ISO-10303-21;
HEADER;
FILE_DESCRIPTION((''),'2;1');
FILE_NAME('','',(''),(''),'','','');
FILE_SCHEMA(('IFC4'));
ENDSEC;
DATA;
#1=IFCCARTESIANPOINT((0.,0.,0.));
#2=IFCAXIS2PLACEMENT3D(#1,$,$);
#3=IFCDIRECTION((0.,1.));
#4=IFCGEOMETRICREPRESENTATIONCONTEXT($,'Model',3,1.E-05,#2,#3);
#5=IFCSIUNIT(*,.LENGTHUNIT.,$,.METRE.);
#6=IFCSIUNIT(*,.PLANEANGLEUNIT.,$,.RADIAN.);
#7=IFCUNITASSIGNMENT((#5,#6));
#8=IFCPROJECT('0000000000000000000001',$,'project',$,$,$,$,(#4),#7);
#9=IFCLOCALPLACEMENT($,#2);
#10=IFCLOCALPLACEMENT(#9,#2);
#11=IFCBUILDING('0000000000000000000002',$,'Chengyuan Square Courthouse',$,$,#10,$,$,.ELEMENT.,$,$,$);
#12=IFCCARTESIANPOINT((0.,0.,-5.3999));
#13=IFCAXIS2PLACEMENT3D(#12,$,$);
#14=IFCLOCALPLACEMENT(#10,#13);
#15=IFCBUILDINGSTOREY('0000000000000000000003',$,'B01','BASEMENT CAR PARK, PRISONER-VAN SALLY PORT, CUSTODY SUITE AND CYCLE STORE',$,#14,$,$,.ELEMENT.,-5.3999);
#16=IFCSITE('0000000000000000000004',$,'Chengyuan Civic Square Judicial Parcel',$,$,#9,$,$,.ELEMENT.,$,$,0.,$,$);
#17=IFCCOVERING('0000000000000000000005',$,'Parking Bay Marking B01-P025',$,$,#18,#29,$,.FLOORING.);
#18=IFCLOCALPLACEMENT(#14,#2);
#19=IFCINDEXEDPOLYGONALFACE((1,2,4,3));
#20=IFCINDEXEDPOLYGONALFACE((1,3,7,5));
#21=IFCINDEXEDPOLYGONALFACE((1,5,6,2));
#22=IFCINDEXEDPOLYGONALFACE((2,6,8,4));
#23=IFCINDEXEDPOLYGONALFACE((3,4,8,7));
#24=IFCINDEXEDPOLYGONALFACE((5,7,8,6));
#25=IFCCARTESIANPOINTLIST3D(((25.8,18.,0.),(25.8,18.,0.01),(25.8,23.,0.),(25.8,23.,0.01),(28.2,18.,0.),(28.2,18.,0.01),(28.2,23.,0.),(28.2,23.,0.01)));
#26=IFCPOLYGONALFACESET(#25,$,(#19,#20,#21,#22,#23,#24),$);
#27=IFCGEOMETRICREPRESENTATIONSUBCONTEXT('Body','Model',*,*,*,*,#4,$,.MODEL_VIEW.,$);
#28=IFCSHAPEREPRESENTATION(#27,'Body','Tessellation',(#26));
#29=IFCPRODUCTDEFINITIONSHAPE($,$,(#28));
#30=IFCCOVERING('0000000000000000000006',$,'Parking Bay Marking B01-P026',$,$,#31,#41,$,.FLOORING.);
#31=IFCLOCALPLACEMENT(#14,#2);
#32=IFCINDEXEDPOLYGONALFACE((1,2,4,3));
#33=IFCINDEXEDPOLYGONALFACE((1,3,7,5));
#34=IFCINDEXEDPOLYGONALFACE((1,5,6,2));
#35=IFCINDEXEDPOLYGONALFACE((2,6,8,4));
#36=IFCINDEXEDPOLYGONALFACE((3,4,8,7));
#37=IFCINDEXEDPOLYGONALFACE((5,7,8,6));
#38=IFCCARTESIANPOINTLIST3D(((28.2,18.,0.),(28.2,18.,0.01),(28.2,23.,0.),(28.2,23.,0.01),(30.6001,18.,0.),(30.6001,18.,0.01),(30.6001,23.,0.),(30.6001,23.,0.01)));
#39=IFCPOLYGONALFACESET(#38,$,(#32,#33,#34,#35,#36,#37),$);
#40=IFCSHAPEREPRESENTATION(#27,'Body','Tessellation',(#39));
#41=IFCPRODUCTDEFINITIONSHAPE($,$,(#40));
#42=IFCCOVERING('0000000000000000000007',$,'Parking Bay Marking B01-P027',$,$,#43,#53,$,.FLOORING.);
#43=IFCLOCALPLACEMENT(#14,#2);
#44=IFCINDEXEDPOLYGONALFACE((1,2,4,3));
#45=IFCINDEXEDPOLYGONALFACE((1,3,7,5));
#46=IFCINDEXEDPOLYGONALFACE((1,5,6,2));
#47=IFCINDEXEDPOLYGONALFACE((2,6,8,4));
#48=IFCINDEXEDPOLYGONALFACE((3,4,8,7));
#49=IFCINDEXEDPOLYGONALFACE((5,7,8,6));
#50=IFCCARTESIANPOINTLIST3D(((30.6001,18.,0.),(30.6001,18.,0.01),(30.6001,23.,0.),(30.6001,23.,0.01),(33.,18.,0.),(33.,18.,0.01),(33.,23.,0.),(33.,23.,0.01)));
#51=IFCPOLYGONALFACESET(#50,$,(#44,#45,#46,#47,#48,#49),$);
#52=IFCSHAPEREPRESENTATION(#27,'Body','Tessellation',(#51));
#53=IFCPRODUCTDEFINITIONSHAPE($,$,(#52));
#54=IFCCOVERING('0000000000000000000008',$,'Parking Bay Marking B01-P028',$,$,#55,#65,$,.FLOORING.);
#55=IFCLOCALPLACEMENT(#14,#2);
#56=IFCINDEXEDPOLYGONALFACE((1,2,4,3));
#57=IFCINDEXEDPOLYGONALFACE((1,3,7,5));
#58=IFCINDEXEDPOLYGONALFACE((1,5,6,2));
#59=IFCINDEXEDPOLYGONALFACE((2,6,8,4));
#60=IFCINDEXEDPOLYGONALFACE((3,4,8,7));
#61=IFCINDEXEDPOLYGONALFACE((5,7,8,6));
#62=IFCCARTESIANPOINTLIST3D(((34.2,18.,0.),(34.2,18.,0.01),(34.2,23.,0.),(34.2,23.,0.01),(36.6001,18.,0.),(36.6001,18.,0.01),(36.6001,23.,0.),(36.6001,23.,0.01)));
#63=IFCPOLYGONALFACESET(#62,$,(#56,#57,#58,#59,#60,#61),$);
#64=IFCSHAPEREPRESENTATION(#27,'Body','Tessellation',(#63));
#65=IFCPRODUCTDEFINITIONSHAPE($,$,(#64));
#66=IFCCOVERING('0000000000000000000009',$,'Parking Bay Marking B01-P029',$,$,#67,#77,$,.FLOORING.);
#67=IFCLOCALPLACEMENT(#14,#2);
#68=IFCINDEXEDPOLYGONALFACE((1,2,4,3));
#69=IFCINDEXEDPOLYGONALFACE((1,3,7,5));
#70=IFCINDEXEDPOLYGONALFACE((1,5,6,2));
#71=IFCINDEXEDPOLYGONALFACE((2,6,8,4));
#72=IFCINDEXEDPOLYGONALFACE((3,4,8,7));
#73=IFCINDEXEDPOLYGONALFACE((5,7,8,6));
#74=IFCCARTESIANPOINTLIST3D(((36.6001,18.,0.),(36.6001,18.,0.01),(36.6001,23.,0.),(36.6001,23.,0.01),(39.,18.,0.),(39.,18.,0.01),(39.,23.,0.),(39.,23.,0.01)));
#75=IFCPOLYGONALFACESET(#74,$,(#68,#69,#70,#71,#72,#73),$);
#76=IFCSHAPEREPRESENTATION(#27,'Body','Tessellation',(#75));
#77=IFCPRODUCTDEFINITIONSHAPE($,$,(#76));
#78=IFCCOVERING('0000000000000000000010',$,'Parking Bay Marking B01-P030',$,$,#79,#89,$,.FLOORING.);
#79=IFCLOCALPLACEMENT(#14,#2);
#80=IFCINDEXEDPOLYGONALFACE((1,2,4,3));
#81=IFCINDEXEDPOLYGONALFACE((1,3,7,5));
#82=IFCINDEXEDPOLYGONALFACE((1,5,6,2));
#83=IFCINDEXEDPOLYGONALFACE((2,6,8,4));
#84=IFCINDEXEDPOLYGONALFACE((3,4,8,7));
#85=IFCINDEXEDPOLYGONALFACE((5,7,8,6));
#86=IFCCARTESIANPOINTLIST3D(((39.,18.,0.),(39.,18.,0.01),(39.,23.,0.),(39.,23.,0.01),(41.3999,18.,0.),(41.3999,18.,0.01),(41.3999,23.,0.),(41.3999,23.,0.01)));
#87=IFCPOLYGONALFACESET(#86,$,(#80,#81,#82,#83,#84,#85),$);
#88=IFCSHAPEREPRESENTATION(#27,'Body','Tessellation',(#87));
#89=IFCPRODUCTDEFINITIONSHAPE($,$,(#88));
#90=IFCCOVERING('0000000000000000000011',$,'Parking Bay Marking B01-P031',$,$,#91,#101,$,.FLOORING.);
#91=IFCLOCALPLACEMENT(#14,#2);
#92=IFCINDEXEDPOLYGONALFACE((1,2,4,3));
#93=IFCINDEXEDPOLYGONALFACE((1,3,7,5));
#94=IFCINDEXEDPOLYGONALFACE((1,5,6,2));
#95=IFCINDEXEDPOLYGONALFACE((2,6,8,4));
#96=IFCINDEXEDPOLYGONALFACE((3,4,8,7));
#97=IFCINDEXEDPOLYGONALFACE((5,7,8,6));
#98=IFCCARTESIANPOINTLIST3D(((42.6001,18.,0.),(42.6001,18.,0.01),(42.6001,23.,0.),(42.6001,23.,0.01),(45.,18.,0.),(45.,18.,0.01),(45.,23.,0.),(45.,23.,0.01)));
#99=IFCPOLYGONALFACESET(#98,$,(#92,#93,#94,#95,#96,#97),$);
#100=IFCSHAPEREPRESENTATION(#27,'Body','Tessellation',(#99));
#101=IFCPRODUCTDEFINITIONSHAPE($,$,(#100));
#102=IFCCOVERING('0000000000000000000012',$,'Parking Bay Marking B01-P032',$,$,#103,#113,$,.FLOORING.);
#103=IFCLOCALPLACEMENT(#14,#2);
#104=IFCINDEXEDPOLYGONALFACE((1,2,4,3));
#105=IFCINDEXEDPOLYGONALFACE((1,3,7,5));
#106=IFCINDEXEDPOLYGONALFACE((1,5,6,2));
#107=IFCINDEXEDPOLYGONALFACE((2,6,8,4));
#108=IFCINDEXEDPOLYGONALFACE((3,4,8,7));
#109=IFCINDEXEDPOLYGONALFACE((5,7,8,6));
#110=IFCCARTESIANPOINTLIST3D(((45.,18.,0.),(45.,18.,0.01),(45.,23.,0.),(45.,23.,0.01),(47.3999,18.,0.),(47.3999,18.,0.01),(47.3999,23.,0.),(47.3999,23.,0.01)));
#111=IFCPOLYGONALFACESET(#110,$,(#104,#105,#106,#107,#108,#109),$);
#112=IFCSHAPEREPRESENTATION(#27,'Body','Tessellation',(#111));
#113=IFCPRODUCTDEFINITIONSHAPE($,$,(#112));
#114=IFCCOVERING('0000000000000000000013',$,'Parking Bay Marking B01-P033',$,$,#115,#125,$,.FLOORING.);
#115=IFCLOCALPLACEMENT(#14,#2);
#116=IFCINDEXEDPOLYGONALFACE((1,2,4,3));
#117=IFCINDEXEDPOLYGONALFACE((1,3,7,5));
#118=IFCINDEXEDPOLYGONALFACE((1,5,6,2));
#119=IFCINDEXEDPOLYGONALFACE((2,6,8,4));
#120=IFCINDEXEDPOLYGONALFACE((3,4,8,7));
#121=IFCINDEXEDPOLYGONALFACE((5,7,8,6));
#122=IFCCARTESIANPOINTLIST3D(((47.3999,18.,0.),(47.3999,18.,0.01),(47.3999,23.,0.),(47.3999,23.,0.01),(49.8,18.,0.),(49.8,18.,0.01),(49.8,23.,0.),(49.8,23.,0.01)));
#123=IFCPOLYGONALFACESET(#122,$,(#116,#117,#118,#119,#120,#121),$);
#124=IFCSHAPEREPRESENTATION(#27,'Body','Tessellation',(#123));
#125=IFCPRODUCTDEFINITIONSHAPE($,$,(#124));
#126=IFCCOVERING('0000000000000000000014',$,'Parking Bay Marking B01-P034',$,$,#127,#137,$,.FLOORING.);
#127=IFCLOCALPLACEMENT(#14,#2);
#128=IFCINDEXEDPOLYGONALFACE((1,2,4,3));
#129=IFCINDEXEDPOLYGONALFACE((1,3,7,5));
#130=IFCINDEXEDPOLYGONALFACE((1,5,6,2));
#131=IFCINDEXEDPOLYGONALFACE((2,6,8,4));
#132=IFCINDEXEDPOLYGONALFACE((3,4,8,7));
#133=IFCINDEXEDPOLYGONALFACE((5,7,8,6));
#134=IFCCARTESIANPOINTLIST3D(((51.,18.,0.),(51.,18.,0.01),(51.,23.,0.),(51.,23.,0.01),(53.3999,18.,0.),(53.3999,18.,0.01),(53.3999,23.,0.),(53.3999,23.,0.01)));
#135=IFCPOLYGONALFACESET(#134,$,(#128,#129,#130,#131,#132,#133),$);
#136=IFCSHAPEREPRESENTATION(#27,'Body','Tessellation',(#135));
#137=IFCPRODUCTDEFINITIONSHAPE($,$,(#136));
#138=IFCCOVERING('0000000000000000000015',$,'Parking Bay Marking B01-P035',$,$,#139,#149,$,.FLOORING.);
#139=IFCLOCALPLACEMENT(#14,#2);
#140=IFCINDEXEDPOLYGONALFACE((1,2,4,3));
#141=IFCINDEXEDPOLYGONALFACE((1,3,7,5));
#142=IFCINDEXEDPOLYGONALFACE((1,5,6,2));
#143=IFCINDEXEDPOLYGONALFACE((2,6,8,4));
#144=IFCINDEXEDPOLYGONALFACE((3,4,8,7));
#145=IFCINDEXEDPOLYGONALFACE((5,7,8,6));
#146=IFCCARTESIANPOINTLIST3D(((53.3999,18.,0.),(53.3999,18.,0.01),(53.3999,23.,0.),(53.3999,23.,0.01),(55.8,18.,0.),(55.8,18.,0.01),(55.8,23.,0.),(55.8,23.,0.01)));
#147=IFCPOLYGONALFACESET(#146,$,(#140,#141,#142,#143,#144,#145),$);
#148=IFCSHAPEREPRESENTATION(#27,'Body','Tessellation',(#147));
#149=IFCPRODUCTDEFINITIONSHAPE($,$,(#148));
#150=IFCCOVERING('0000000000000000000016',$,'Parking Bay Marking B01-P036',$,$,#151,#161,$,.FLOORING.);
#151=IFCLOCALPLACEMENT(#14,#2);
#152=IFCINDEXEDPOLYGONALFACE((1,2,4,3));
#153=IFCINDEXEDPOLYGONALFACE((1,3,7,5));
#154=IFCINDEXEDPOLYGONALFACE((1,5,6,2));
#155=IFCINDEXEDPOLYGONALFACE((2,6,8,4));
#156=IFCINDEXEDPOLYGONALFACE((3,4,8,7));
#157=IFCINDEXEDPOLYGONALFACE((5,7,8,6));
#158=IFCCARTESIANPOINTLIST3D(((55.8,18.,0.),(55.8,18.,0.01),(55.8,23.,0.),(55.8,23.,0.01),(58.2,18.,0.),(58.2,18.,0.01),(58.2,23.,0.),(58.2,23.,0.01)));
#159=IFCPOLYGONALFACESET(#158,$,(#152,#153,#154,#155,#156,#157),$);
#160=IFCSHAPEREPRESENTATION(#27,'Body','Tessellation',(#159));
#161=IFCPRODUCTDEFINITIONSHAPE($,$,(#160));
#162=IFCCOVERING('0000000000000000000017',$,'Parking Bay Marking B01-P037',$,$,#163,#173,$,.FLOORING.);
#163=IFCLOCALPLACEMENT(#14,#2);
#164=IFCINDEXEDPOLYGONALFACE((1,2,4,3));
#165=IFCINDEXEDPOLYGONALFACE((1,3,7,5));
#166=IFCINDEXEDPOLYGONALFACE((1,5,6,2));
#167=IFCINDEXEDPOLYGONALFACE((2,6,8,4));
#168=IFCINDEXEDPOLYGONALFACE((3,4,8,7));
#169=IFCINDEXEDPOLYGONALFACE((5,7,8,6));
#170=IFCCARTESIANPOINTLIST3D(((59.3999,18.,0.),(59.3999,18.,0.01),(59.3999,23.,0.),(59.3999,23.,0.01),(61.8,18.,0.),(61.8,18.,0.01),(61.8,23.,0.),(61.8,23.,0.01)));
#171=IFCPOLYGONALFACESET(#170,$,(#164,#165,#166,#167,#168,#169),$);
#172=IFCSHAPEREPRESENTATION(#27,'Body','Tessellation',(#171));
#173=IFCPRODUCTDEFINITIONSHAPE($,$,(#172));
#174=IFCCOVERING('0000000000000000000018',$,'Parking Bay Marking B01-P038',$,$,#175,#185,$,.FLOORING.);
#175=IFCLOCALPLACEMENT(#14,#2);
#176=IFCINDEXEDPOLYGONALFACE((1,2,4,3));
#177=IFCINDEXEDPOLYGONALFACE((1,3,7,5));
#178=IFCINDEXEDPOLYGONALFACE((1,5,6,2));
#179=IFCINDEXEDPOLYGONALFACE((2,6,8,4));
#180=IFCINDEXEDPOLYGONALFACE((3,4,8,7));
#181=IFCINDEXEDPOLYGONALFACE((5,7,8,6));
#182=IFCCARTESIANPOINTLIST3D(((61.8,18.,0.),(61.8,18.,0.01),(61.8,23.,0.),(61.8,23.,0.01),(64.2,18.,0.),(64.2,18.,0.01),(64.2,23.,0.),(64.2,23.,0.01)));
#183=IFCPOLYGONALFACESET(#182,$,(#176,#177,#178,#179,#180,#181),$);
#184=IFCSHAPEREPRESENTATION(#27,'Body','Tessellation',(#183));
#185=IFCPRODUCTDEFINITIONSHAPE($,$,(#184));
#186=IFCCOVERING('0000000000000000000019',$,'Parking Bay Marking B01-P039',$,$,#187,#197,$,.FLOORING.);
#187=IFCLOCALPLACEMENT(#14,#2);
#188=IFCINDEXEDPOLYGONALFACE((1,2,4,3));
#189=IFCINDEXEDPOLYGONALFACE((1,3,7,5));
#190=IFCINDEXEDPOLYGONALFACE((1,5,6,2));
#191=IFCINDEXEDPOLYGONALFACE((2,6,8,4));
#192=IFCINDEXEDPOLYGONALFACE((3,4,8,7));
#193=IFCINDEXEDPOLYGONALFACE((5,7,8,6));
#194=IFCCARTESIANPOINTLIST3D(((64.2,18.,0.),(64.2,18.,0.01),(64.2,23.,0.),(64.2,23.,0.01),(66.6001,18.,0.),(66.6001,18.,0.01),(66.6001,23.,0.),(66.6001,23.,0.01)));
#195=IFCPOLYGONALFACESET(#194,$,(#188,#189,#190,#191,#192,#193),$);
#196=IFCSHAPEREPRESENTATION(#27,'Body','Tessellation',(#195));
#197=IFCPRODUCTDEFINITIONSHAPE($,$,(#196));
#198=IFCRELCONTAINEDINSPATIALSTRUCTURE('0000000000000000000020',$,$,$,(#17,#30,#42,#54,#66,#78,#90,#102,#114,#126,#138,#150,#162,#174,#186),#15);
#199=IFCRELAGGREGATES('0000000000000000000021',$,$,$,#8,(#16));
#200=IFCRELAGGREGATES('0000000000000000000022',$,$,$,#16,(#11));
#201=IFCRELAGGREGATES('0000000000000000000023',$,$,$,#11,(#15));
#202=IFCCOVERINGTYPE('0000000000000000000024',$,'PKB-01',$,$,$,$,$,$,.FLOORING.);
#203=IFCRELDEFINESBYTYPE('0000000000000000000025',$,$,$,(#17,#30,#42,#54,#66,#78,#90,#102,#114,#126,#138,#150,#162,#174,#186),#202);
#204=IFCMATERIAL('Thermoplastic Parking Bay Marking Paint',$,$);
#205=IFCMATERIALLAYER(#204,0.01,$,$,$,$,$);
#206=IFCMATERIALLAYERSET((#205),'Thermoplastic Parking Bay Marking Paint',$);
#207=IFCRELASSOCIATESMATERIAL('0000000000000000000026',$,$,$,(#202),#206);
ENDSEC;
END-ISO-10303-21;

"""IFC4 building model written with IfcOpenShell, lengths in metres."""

from ifc_helpers import new_model, si_unit, direction, frame, origin, place, context, subcontext, project, spatial, polyline, outline, extrude, material, layer, layer_set, type_object, element, save


model = new_model("IFC4")

# Units and contexts
model_context = context("Model", 3, precision=1e-05, world=origin(), true_north=direction((0.0, 1.0)))
body_context = subcontext(model_context, "Body", "Model", "MODEL_VIEW")
ifc_project = project(units=[si_unit("LENGTHUNIT", "METRE"), si_unit("PLANEANGLEUNIT", "RADIAN")], contexts=[model_context])

# Site, building, storey
site_placement = place(None, origin())
site = spatial("IfcSite", under=ifc_project, at=site_placement, Name="Chengyuan Civic Square Judicial Parcel", CompositionType="ELEMENT", RefElevation=0.0)
building_placement = place(site_placement, origin())
building = spatial("IfcBuilding", under=site, at=building_placement, Name="Chengyuan Square Courthouse", CompositionType="ELEMENT")
storey_placement = place(building_placement, frame((0.0, 0.0, -5.3999)))
storey = spatial("IfcBuildingStorey", under=building, at=storey_placement, Name="B01", Description="BASEMENT CAR PARK, PRISONER-VAN SALLY PORT, CUSTODY SUITE AND CYCLE STORE", CompositionType="ELEMENT", Elevation=-5.3999)

# Coverings
ifc_material = material(Name="Thermoplastic Parking Bay Marking Paint")
ifc_layer = layer(ifc_material, 0.01)
ifc_layer_set = layer_set([ifc_layer], Name="Thermoplastic Parking Bay Marking Paint")
covering_type = type_object("IfcCoveringType", Name="PKB-01", PredefinedType="FLOORING", material=ifc_layer_set)
covering_1_placement = place(storey_placement, origin())
element("IfcCovering", 1, at=covering_1_placement, inside=storey, type_object=covering_type, Name="Parking Bay Marking B01-P025", PredefinedType="FLOORING", context=body_context, shape_type="SweptSolid", body=[
    extrude(outline(polyline([(25.8, 18.0), (28.2, 18.0), (28.2, 23.0), (25.8, 23.0), (25.8, 18.0)])), origin(), (0.0, 0.0, 1.0), 0.01),
])
covering_2_placement = place(storey_placement, origin())
element("IfcCovering", 2, at=covering_2_placement, inside=storey, type_object=covering_type, Name="Parking Bay Marking B01-P026", PredefinedType="FLOORING", context=body_context, shape_type="SweptSolid", body=[
    extrude(outline(polyline([(28.2, 18.0), (30.6001, 18.0), (30.6001, 23.0), (28.2, 23.0), (28.2, 18.0)])), origin(), (0.0, 0.0, 1.0), 0.01),
])
covering_3_placement = place(storey_placement, origin())
element("IfcCovering", 3, at=covering_3_placement, inside=storey, type_object=covering_type, Name="Parking Bay Marking B01-P027", PredefinedType="FLOORING", context=body_context, shape_type="SweptSolid", body=[
    extrude(outline(polyline([(30.6001, 18.0), (33.0, 18.0), (33.0, 23.0), (30.6001, 23.0), (30.6001, 18.0)])), origin(), (0.0, 0.0, 1.0), 0.01),
])
covering_4_placement = place(storey_placement, origin())
element("IfcCovering", 4, at=covering_4_placement, inside=storey, type_object=covering_type, Name="Parking Bay Marking B01-P028", PredefinedType="FLOORING", context=body_context, shape_type="SweptSolid", body=[
    extrude(outline(polyline([(34.2, 18.0), (36.6001, 18.0), (36.6001, 23.0), (34.2, 23.0), (34.2, 18.0)])), origin(), (0.0, 0.0, 1.0), 0.01),
])
covering_5_placement = place(storey_placement, origin())
element("IfcCovering", 5, at=covering_5_placement, inside=storey, type_object=covering_type, Name="Parking Bay Marking B01-P029", PredefinedType="FLOORING", context=body_context, shape_type="SweptSolid", body=[
    extrude(outline(polyline([(36.6001, 18.0), (39.0, 18.0), (39.0, 23.0), (36.6001, 23.0), (36.6001, 18.0)])), origin(), (0.0, 0.0, 1.0), 0.01),
])
covering_6_placement = place(storey_placement, origin())
element("IfcCovering", 6, at=covering_6_placement, inside=storey, type_object=covering_type, Name="Parking Bay Marking B01-P030", PredefinedType="FLOORING", context=body_context, shape_type="SweptSolid", body=[
    extrude(outline(polyline([(39.0, 18.0), (41.3999, 18.0), (41.3999, 23.0), (39.0, 23.0), (39.0, 18.0)])), origin(), (0.0, 0.0, 1.0), 0.01),
])
covering_7_placement = place(storey_placement, origin())
element("IfcCovering", 7, at=covering_7_placement, inside=storey, type_object=covering_type, Name="Parking Bay Marking B01-P031", PredefinedType="FLOORING", context=body_context, shape_type="SweptSolid", body=[
    extrude(outline(polyline([(42.6001, 18.0), (45.0, 18.0), (45.0, 23.0), (42.6001, 23.0), (42.6001, 18.0)])), origin(), (0.0, 0.0, 1.0), 0.01),
])
covering_8_placement = place(storey_placement, origin())
element("IfcCovering", 8, at=covering_8_placement, inside=storey, type_object=covering_type, Name="Parking Bay Marking B01-P032", PredefinedType="FLOORING", context=body_context, shape_type="SweptSolid", body=[
    extrude(outline(polyline([(45.0, 18.0), (47.3999, 18.0), (47.3999, 23.0), (45.0, 23.0), (45.0, 18.0)])), origin(), (0.0, 0.0, 1.0), 0.01),
])
covering_9_placement = place(storey_placement, origin())
element("IfcCovering", 9, at=covering_9_placement, inside=storey, type_object=covering_type, Name="Parking Bay Marking B01-P033", PredefinedType="FLOORING", context=body_context, shape_type="SweptSolid", body=[
    extrude(outline(polyline([(47.3999, 18.0), (49.8, 18.0), (49.8, 23.0), (47.3999, 23.0), (47.3999, 18.0)])), origin(), (0.0, 0.0, 1.0), 0.01),
])
covering_10_placement = place(storey_placement, origin())
element("IfcCovering", 10, at=covering_10_placement, inside=storey, type_object=covering_type, Name="Parking Bay Marking B01-P034", PredefinedType="FLOORING", context=body_context, shape_type="SweptSolid", body=[
    extrude(outline(polyline([(51.0, 18.0), (53.3999, 18.0), (53.3999, 23.0), (51.0, 23.0), (51.0, 18.0)])), origin(), (0.0, 0.0, 1.0), 0.01),
])
covering_11_placement = place(storey_placement, origin())
element("IfcCovering", 11, at=covering_11_placement, inside=storey, type_object=covering_type, Name="Parking Bay Marking B01-P035", PredefinedType="FLOORING", context=body_context, shape_type="SweptSolid", body=[
    extrude(outline(polyline([(53.3999, 18.0), (55.8, 18.0), (55.8, 23.0), (53.3999, 23.0), (53.3999, 18.0)])), origin(), (0.0, 0.0, 1.0), 0.01),
])
covering_12_placement = place(storey_placement, origin())
element("IfcCovering", 12, at=covering_12_placement, inside=storey, type_object=covering_type, Name="Parking Bay Marking B01-P036", PredefinedType="FLOORING", context=body_context, shape_type="SweptSolid", body=[
    extrude(outline(polyline([(55.8, 18.0), (58.2, 18.0), (58.2, 23.0), (55.8, 23.0), (55.8, 18.0)])), origin(), (0.0, 0.0, 1.0), 0.01),
])
covering_13_placement = place(storey_placement, origin())
element("IfcCovering", 13, at=covering_13_placement, inside=storey, type_object=covering_type, Name="Parking Bay Marking B01-P037", PredefinedType="FLOORING", context=body_context, shape_type="SweptSolid", body=[
    extrude(outline(polyline([(59.3999, 18.0), (61.8, 18.0), (61.8, 23.0), (59.3999, 23.0), (59.3999, 18.0)])), origin(), (0.0, 0.0, 1.0), 0.01),
])
covering_14_placement = place(storey_placement, origin())
element("IfcCovering", 14, at=covering_14_placement, inside=storey, type_object=covering_type, Name="Parking Bay Marking B01-P038", PredefinedType="FLOORING", context=body_context, shape_type="SweptSolid", body=[
    extrude(outline(polyline([(61.8, 18.0), (64.2, 18.0), (64.2, 23.0), (61.8, 23.0), (61.8, 18.0)])), origin(), (0.0, 0.0, 1.0), 0.01),
])
covering_15_placement = place(storey_placement, origin())
element("IfcCovering", 15, at=covering_15_placement, inside=storey, type_object=covering_type, Name="Parking Bay Marking B01-P039", PredefinedType="FLOORING", context=body_context, shape_type="SweptSolid", body=[
    extrude(outline(polyline([(64.2, 18.0), (66.6001, 18.0), (66.6001, 23.0), (64.2, 23.0), (64.2, 18.0)])), origin(), (0.0, 0.0, 1.0), 0.01),
])

save(model, "model.ifc")
